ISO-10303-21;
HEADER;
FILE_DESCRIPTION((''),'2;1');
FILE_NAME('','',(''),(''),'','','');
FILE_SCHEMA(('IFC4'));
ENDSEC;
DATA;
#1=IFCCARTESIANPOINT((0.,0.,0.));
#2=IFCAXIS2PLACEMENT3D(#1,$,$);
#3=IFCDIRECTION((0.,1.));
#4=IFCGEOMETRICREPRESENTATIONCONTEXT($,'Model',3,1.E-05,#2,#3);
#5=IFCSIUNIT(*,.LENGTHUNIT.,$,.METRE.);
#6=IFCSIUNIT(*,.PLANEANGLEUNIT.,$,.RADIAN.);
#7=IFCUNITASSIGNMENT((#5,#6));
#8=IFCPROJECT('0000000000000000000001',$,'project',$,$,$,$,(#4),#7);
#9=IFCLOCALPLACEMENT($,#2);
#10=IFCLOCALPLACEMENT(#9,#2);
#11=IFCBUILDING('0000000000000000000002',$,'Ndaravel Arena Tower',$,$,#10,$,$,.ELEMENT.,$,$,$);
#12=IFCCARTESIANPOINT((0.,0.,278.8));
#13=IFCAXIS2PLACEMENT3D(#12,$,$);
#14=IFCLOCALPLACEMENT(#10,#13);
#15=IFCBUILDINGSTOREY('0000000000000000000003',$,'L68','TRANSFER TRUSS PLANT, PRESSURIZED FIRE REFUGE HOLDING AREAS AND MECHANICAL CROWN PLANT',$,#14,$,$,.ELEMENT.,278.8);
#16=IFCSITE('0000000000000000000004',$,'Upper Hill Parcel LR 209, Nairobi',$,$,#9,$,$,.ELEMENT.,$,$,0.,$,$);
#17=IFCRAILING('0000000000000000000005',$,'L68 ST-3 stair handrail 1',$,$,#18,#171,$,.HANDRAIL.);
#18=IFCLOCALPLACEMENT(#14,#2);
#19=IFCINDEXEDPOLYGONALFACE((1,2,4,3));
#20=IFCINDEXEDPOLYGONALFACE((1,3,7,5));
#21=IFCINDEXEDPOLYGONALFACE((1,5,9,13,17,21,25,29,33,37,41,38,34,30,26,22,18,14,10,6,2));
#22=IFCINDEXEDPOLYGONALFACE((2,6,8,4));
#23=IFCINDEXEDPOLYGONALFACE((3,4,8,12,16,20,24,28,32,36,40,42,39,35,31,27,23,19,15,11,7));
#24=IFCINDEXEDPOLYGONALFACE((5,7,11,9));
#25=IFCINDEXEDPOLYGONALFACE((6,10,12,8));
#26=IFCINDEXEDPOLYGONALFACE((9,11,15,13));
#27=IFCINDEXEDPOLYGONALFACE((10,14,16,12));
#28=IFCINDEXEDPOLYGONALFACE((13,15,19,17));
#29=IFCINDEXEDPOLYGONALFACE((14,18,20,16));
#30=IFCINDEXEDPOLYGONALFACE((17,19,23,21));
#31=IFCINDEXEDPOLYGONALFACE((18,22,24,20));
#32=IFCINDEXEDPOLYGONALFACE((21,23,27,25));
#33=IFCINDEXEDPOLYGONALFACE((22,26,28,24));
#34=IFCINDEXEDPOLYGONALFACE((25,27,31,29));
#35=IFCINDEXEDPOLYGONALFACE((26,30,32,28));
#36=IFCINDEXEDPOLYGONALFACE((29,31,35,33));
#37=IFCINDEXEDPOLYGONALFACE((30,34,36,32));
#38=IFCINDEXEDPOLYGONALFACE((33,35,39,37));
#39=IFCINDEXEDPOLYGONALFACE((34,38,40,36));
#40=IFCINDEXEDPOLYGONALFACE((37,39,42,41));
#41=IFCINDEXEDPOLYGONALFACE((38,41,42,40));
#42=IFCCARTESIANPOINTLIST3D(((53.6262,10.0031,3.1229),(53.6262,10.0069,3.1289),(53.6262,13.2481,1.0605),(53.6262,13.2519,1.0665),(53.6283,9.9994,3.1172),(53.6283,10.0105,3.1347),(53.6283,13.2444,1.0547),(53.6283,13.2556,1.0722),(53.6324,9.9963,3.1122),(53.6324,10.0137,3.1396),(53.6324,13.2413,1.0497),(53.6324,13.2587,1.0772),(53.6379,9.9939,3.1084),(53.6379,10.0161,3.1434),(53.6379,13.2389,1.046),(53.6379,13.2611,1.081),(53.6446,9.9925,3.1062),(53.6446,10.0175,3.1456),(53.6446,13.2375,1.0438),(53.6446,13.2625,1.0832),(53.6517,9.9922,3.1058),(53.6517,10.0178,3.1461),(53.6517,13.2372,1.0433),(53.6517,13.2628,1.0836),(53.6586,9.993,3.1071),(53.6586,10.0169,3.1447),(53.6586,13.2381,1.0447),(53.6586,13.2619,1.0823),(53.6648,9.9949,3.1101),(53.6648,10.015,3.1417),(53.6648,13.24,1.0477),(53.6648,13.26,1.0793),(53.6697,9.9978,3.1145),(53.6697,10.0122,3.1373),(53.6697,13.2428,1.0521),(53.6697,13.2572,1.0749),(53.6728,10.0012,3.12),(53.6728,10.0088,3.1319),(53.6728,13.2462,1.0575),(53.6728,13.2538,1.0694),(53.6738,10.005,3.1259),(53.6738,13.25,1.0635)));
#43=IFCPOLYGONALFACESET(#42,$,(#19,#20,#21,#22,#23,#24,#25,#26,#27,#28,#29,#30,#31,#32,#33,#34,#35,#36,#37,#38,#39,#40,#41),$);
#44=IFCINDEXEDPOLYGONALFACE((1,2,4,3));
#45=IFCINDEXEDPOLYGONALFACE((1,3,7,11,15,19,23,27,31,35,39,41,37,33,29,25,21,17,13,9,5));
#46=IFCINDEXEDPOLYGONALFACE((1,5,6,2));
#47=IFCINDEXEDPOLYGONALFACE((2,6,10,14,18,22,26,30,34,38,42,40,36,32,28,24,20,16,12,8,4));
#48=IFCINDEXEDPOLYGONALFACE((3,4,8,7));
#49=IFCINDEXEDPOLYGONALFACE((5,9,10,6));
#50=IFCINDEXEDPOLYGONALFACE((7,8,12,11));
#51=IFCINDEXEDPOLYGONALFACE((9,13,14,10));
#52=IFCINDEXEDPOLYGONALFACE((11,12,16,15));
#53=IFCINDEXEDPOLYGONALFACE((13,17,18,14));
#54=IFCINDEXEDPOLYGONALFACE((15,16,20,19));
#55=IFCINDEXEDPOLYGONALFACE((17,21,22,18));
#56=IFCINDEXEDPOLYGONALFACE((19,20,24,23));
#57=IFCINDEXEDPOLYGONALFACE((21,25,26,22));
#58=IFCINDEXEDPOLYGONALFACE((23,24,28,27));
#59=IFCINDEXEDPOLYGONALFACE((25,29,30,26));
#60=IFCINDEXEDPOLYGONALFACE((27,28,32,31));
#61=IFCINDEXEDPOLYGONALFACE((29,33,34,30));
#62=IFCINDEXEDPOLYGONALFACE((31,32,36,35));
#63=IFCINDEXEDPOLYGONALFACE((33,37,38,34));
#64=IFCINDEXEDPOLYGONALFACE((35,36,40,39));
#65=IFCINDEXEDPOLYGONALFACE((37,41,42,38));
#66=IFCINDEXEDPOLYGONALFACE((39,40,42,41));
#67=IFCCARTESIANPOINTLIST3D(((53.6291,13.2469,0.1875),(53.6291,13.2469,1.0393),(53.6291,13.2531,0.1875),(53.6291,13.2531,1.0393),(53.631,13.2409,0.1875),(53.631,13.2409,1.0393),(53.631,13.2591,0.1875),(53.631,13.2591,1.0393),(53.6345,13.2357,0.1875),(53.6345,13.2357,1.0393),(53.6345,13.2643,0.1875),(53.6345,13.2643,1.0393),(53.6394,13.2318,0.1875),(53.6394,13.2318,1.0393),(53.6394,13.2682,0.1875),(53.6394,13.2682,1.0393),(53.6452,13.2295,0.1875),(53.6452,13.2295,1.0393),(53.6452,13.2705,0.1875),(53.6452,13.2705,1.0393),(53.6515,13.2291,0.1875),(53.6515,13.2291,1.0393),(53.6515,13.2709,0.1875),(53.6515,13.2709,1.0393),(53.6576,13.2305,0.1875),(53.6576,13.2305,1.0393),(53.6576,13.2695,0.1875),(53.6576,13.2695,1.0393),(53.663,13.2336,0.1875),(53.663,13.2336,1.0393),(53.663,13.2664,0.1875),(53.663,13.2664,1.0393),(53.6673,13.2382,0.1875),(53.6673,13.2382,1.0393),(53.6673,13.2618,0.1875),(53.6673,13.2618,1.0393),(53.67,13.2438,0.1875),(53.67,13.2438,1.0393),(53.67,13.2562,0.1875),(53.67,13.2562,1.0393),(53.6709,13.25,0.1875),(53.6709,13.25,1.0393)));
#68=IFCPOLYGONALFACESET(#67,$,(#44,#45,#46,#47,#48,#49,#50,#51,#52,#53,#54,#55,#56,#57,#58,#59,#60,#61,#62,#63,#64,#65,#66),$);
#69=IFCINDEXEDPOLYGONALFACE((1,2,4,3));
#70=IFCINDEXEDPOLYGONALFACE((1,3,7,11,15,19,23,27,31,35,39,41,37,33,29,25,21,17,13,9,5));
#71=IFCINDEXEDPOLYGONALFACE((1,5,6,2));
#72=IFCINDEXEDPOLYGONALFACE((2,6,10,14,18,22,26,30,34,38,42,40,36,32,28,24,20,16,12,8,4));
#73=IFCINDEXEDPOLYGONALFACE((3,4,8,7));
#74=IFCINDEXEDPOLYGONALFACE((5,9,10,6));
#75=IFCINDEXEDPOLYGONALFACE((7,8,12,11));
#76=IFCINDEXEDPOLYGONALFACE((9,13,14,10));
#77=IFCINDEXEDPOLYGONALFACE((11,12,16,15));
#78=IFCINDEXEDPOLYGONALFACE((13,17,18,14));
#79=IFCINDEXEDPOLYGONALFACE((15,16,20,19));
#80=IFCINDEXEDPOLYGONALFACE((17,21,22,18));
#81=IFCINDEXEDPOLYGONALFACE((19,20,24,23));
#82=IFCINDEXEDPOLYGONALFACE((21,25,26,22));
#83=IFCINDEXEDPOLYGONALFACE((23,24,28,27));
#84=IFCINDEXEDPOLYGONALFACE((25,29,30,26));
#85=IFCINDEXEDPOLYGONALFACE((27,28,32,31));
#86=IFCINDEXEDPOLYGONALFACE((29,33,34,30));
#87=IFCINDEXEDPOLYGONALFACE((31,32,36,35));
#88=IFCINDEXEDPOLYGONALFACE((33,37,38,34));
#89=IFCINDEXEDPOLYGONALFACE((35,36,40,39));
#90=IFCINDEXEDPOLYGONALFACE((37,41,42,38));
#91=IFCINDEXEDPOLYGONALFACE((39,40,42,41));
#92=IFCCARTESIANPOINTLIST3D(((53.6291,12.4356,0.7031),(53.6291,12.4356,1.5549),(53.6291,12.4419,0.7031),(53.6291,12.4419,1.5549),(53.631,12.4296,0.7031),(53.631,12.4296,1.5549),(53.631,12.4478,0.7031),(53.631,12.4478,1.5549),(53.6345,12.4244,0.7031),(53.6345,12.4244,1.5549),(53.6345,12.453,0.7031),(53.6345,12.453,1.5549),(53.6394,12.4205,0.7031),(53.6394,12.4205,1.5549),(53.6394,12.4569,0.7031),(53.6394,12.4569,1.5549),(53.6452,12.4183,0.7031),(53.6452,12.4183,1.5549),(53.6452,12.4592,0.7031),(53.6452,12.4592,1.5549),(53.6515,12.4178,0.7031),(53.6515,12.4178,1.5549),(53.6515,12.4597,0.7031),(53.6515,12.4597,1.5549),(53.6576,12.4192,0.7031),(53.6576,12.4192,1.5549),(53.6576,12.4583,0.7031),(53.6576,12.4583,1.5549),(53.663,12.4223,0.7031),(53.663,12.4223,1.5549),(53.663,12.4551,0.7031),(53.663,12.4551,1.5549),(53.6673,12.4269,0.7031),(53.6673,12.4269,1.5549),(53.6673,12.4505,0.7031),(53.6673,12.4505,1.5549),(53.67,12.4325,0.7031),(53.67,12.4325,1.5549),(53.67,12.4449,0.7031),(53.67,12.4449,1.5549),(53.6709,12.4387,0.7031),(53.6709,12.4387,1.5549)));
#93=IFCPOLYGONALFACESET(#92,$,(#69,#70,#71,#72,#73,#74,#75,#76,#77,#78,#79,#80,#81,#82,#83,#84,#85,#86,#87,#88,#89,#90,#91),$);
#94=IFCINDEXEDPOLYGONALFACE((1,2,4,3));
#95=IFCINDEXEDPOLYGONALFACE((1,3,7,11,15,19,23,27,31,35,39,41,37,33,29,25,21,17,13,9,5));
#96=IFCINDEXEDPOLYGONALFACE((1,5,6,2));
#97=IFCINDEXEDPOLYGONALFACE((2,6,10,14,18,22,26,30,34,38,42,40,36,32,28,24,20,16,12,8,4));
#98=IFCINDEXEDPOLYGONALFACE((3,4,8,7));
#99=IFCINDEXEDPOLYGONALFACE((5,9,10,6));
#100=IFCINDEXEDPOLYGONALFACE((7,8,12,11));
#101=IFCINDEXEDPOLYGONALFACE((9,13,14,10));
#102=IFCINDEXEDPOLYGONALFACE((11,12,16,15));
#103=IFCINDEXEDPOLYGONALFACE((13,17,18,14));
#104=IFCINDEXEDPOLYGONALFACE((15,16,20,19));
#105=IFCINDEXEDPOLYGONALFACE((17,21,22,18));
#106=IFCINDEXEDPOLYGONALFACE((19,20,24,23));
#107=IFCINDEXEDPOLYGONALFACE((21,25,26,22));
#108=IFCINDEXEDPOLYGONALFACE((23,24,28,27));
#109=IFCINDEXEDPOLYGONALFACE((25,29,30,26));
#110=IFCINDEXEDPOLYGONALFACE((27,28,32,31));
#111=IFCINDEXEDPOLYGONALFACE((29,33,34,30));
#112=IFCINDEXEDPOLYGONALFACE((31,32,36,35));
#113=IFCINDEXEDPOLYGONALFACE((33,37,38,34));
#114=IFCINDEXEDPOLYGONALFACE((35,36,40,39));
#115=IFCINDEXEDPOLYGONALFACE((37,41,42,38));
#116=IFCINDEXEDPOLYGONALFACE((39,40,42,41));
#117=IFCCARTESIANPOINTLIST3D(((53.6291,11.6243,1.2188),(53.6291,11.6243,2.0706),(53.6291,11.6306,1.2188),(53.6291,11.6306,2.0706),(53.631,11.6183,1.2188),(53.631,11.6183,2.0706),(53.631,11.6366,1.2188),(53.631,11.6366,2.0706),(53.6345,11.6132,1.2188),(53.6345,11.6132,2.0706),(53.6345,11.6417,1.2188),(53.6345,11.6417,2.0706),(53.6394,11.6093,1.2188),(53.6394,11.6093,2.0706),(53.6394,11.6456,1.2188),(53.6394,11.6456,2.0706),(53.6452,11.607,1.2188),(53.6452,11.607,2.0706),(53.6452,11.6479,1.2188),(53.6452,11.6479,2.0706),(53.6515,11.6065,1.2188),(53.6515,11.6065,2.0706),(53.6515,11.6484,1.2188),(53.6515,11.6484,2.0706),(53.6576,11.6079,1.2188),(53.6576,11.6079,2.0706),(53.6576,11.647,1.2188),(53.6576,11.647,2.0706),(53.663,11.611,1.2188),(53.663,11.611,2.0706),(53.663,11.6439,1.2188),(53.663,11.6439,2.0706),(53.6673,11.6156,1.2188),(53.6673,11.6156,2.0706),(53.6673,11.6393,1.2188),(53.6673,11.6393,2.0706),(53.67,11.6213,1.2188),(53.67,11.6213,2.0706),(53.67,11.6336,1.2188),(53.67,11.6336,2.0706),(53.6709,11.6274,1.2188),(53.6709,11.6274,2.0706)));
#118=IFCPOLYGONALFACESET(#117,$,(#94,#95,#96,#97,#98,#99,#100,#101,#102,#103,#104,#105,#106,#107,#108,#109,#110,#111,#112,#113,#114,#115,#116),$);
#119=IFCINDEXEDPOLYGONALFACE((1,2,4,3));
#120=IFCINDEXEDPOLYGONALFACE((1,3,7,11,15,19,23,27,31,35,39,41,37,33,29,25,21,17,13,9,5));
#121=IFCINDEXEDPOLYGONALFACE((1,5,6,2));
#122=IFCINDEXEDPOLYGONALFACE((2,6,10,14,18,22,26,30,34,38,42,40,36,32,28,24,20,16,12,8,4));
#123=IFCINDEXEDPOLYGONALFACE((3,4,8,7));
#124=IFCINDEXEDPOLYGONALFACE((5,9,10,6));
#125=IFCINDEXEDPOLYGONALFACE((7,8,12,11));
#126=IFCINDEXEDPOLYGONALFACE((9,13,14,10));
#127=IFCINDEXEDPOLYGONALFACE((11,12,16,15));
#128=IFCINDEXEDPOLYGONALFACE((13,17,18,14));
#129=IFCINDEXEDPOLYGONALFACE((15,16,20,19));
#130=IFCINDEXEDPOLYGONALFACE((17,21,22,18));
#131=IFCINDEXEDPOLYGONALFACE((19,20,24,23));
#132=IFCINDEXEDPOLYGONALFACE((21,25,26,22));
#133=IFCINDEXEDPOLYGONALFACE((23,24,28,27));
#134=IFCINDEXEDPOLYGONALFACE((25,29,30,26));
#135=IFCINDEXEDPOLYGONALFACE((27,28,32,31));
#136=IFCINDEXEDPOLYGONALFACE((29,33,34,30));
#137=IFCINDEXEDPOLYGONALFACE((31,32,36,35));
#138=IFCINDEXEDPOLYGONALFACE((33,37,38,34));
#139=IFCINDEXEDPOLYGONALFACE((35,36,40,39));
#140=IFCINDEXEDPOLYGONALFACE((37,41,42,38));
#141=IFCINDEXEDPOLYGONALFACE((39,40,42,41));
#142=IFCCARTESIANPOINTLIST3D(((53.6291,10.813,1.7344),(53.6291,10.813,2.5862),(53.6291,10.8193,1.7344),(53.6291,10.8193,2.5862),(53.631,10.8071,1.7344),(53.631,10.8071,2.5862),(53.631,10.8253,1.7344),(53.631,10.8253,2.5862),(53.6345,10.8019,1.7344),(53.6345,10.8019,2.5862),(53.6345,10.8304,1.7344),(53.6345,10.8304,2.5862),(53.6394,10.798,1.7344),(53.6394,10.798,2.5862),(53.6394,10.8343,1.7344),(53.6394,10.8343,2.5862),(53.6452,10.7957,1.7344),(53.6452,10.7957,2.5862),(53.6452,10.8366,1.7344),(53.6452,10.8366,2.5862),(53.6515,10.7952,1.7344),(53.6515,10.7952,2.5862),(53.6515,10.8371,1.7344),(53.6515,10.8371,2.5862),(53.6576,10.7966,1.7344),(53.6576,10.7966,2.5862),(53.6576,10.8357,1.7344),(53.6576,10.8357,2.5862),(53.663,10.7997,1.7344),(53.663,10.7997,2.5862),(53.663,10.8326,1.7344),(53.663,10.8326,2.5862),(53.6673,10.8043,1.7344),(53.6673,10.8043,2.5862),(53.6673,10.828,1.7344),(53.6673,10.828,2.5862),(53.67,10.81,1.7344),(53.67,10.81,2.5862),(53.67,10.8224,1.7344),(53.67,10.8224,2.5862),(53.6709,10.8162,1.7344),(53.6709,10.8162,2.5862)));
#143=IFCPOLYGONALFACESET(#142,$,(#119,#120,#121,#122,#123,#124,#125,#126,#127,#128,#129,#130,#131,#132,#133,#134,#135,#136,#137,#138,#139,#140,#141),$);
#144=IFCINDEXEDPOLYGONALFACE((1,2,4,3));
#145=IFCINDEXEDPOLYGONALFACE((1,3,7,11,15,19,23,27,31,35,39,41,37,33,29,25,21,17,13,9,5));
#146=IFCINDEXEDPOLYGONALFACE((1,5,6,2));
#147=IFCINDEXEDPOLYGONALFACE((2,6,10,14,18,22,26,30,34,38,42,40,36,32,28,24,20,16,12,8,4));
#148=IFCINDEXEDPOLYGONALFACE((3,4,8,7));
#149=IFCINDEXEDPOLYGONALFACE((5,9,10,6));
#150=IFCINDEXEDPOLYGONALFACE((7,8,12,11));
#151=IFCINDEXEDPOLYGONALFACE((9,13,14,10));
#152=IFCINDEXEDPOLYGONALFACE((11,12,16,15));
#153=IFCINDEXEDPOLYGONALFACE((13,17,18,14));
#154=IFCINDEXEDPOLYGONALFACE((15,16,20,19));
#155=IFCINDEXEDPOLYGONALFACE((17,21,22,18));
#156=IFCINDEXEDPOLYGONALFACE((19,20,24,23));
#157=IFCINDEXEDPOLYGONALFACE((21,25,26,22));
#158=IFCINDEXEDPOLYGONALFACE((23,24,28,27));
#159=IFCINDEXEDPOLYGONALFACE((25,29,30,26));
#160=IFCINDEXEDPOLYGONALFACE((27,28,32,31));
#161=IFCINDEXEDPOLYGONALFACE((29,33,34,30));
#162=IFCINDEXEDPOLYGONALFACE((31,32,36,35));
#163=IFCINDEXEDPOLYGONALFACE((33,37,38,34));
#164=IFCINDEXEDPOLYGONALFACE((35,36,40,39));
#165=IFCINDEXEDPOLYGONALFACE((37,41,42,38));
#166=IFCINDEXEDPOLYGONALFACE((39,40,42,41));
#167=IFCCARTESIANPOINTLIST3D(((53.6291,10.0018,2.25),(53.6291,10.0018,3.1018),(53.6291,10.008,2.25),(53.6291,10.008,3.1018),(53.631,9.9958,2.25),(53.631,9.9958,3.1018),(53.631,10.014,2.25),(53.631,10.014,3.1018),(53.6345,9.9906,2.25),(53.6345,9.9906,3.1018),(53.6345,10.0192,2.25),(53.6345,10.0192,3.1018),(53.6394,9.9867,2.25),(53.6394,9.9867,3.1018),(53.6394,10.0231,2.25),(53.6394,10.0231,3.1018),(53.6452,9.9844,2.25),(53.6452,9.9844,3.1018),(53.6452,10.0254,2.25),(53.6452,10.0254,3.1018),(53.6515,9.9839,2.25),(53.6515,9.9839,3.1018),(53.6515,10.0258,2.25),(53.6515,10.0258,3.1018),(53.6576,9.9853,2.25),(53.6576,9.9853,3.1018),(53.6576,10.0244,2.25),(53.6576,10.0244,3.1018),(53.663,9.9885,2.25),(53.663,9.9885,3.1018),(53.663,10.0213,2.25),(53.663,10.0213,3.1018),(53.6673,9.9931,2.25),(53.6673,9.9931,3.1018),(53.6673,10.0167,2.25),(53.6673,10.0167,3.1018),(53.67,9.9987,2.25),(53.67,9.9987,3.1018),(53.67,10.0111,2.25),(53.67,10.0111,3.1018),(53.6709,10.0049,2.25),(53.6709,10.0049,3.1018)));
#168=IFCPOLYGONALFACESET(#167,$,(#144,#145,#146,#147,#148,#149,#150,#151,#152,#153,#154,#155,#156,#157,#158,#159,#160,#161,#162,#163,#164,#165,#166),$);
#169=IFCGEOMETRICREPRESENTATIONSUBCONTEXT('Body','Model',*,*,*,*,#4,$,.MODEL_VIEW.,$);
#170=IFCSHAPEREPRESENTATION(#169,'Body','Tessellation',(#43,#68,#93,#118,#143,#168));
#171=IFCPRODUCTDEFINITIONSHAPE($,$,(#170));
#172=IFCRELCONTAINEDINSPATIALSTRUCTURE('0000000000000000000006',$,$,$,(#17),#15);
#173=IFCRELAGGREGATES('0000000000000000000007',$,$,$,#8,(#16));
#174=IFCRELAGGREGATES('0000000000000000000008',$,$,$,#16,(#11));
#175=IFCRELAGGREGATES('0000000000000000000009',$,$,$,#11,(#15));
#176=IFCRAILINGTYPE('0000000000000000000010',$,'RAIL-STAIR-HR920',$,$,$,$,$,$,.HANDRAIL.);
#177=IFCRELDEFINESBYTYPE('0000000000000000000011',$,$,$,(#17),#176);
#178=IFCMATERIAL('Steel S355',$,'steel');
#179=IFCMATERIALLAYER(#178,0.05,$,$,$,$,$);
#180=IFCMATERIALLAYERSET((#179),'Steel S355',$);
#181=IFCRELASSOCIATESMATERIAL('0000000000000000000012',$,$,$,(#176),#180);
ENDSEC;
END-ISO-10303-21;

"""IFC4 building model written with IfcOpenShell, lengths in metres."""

from ifc_helpers import new_model, si_unit, direction, frame, origin, origin_2d, place, context, subcontext, project, spatial, circle, extrude, material, layer, layer_set, type_object, element, save


model = new_model("IFC4")

# Units and contexts
model_context = context("Model", 3, precision=1e-05, world=origin(), true_north=direction((0.0, 1.0)))
body_context = subcontext(model_context, "Body", "Model", "MODEL_VIEW")
ifc_project = project(units=[si_unit("LENGTHUNIT", "METRE"), si_unit("PLANEANGLEUNIT", "RADIAN")], contexts=[model_context])

# Site, building, storey
site_placement = place(None, origin())
site = spatial("IfcSite", under=ifc_project, at=site_placement, Name="Upper Hill Parcel LR 209, Nairobi", CompositionType="ELEMENT", RefElevation=0.0)
building_placement = place(site_placement, origin())
building = spatial("IfcBuilding", under=site, at=building_placement, Name="Ndaravel Arena Tower", CompositionType="ELEMENT")
storey_placement = place(building_placement, frame((0.0, 0.0, 278.8)))
storey = spatial("IfcBuildingStorey", under=building, at=storey_placement, Name="L68", Description="TRANSFER TRUSS PLANT, PRESSURIZED FIRE REFUGE HOLDING AREAS AND MECHANICAL CROWN PLANT", CompositionType="ELEMENT", Elevation=278.8)

# Railing
ifc_material_1 = material(Name="Steel S355", Category="steel")
ifc_layer_1 = layer(ifc_material_1, 0.05)
ifc_layer_set_1 = layer_set([ifc_layer_1], Name="Steel S355")
railing_type_1 = type_object("IfcRailingType", Name="RAIL-STAIR-HR920", PredefinedType="HANDRAIL", material=ifc_layer_set_1)
railing_1_placement = place(storey_placement, frame((53.6499, 13.25, 0.1875)))
element("IfcRailing", 1, at=railing_1_placement, inside=storey, type_object=railing_type_1, Name="L68 ST-3 stair handrail 1", PredefinedType="HANDRAIL", context=body_context, shape_type="SweptSolid", body=[
    extrude(circle(Radius=0.0239, at=origin_2d()), frame((0.0, 0.0, 0.876), z_axis=(0.0, -0.843965, 0.536399), x_axis=(1.0, 0.0, 0.0)), (0.0, 0.0, 1.0), 3.845),
    extrude(circle(Radius=0.021, at=origin_2d()), origin(), (0.0, 0.0, 1.0), 0.8518),
    extrude(circle(Radius=0.021, at=origin_2d()), frame((0.0, -0.8113, 0.5156)), (0.0, 0.0, 1.0), 0.8518),
    extrude(circle(Radius=0.021, at=origin_2d()), frame((0.0, -1.6226, 1.0312)), (0.0, 0.0, 1.0), 0.8518),
    extrude(circle(Radius=0.021, at=origin_2d()), frame((0.0, -2.4338, 1.5469)), (0.0, 0.0, 1.0), 0.8518),
    extrude(circle(Radius=0.021, at=origin_2d()), frame((0.0, -3.2451, 2.0625)), (0.0, 0.0, 1.0), 0.8518),
])

save(model, "model.ifc")
